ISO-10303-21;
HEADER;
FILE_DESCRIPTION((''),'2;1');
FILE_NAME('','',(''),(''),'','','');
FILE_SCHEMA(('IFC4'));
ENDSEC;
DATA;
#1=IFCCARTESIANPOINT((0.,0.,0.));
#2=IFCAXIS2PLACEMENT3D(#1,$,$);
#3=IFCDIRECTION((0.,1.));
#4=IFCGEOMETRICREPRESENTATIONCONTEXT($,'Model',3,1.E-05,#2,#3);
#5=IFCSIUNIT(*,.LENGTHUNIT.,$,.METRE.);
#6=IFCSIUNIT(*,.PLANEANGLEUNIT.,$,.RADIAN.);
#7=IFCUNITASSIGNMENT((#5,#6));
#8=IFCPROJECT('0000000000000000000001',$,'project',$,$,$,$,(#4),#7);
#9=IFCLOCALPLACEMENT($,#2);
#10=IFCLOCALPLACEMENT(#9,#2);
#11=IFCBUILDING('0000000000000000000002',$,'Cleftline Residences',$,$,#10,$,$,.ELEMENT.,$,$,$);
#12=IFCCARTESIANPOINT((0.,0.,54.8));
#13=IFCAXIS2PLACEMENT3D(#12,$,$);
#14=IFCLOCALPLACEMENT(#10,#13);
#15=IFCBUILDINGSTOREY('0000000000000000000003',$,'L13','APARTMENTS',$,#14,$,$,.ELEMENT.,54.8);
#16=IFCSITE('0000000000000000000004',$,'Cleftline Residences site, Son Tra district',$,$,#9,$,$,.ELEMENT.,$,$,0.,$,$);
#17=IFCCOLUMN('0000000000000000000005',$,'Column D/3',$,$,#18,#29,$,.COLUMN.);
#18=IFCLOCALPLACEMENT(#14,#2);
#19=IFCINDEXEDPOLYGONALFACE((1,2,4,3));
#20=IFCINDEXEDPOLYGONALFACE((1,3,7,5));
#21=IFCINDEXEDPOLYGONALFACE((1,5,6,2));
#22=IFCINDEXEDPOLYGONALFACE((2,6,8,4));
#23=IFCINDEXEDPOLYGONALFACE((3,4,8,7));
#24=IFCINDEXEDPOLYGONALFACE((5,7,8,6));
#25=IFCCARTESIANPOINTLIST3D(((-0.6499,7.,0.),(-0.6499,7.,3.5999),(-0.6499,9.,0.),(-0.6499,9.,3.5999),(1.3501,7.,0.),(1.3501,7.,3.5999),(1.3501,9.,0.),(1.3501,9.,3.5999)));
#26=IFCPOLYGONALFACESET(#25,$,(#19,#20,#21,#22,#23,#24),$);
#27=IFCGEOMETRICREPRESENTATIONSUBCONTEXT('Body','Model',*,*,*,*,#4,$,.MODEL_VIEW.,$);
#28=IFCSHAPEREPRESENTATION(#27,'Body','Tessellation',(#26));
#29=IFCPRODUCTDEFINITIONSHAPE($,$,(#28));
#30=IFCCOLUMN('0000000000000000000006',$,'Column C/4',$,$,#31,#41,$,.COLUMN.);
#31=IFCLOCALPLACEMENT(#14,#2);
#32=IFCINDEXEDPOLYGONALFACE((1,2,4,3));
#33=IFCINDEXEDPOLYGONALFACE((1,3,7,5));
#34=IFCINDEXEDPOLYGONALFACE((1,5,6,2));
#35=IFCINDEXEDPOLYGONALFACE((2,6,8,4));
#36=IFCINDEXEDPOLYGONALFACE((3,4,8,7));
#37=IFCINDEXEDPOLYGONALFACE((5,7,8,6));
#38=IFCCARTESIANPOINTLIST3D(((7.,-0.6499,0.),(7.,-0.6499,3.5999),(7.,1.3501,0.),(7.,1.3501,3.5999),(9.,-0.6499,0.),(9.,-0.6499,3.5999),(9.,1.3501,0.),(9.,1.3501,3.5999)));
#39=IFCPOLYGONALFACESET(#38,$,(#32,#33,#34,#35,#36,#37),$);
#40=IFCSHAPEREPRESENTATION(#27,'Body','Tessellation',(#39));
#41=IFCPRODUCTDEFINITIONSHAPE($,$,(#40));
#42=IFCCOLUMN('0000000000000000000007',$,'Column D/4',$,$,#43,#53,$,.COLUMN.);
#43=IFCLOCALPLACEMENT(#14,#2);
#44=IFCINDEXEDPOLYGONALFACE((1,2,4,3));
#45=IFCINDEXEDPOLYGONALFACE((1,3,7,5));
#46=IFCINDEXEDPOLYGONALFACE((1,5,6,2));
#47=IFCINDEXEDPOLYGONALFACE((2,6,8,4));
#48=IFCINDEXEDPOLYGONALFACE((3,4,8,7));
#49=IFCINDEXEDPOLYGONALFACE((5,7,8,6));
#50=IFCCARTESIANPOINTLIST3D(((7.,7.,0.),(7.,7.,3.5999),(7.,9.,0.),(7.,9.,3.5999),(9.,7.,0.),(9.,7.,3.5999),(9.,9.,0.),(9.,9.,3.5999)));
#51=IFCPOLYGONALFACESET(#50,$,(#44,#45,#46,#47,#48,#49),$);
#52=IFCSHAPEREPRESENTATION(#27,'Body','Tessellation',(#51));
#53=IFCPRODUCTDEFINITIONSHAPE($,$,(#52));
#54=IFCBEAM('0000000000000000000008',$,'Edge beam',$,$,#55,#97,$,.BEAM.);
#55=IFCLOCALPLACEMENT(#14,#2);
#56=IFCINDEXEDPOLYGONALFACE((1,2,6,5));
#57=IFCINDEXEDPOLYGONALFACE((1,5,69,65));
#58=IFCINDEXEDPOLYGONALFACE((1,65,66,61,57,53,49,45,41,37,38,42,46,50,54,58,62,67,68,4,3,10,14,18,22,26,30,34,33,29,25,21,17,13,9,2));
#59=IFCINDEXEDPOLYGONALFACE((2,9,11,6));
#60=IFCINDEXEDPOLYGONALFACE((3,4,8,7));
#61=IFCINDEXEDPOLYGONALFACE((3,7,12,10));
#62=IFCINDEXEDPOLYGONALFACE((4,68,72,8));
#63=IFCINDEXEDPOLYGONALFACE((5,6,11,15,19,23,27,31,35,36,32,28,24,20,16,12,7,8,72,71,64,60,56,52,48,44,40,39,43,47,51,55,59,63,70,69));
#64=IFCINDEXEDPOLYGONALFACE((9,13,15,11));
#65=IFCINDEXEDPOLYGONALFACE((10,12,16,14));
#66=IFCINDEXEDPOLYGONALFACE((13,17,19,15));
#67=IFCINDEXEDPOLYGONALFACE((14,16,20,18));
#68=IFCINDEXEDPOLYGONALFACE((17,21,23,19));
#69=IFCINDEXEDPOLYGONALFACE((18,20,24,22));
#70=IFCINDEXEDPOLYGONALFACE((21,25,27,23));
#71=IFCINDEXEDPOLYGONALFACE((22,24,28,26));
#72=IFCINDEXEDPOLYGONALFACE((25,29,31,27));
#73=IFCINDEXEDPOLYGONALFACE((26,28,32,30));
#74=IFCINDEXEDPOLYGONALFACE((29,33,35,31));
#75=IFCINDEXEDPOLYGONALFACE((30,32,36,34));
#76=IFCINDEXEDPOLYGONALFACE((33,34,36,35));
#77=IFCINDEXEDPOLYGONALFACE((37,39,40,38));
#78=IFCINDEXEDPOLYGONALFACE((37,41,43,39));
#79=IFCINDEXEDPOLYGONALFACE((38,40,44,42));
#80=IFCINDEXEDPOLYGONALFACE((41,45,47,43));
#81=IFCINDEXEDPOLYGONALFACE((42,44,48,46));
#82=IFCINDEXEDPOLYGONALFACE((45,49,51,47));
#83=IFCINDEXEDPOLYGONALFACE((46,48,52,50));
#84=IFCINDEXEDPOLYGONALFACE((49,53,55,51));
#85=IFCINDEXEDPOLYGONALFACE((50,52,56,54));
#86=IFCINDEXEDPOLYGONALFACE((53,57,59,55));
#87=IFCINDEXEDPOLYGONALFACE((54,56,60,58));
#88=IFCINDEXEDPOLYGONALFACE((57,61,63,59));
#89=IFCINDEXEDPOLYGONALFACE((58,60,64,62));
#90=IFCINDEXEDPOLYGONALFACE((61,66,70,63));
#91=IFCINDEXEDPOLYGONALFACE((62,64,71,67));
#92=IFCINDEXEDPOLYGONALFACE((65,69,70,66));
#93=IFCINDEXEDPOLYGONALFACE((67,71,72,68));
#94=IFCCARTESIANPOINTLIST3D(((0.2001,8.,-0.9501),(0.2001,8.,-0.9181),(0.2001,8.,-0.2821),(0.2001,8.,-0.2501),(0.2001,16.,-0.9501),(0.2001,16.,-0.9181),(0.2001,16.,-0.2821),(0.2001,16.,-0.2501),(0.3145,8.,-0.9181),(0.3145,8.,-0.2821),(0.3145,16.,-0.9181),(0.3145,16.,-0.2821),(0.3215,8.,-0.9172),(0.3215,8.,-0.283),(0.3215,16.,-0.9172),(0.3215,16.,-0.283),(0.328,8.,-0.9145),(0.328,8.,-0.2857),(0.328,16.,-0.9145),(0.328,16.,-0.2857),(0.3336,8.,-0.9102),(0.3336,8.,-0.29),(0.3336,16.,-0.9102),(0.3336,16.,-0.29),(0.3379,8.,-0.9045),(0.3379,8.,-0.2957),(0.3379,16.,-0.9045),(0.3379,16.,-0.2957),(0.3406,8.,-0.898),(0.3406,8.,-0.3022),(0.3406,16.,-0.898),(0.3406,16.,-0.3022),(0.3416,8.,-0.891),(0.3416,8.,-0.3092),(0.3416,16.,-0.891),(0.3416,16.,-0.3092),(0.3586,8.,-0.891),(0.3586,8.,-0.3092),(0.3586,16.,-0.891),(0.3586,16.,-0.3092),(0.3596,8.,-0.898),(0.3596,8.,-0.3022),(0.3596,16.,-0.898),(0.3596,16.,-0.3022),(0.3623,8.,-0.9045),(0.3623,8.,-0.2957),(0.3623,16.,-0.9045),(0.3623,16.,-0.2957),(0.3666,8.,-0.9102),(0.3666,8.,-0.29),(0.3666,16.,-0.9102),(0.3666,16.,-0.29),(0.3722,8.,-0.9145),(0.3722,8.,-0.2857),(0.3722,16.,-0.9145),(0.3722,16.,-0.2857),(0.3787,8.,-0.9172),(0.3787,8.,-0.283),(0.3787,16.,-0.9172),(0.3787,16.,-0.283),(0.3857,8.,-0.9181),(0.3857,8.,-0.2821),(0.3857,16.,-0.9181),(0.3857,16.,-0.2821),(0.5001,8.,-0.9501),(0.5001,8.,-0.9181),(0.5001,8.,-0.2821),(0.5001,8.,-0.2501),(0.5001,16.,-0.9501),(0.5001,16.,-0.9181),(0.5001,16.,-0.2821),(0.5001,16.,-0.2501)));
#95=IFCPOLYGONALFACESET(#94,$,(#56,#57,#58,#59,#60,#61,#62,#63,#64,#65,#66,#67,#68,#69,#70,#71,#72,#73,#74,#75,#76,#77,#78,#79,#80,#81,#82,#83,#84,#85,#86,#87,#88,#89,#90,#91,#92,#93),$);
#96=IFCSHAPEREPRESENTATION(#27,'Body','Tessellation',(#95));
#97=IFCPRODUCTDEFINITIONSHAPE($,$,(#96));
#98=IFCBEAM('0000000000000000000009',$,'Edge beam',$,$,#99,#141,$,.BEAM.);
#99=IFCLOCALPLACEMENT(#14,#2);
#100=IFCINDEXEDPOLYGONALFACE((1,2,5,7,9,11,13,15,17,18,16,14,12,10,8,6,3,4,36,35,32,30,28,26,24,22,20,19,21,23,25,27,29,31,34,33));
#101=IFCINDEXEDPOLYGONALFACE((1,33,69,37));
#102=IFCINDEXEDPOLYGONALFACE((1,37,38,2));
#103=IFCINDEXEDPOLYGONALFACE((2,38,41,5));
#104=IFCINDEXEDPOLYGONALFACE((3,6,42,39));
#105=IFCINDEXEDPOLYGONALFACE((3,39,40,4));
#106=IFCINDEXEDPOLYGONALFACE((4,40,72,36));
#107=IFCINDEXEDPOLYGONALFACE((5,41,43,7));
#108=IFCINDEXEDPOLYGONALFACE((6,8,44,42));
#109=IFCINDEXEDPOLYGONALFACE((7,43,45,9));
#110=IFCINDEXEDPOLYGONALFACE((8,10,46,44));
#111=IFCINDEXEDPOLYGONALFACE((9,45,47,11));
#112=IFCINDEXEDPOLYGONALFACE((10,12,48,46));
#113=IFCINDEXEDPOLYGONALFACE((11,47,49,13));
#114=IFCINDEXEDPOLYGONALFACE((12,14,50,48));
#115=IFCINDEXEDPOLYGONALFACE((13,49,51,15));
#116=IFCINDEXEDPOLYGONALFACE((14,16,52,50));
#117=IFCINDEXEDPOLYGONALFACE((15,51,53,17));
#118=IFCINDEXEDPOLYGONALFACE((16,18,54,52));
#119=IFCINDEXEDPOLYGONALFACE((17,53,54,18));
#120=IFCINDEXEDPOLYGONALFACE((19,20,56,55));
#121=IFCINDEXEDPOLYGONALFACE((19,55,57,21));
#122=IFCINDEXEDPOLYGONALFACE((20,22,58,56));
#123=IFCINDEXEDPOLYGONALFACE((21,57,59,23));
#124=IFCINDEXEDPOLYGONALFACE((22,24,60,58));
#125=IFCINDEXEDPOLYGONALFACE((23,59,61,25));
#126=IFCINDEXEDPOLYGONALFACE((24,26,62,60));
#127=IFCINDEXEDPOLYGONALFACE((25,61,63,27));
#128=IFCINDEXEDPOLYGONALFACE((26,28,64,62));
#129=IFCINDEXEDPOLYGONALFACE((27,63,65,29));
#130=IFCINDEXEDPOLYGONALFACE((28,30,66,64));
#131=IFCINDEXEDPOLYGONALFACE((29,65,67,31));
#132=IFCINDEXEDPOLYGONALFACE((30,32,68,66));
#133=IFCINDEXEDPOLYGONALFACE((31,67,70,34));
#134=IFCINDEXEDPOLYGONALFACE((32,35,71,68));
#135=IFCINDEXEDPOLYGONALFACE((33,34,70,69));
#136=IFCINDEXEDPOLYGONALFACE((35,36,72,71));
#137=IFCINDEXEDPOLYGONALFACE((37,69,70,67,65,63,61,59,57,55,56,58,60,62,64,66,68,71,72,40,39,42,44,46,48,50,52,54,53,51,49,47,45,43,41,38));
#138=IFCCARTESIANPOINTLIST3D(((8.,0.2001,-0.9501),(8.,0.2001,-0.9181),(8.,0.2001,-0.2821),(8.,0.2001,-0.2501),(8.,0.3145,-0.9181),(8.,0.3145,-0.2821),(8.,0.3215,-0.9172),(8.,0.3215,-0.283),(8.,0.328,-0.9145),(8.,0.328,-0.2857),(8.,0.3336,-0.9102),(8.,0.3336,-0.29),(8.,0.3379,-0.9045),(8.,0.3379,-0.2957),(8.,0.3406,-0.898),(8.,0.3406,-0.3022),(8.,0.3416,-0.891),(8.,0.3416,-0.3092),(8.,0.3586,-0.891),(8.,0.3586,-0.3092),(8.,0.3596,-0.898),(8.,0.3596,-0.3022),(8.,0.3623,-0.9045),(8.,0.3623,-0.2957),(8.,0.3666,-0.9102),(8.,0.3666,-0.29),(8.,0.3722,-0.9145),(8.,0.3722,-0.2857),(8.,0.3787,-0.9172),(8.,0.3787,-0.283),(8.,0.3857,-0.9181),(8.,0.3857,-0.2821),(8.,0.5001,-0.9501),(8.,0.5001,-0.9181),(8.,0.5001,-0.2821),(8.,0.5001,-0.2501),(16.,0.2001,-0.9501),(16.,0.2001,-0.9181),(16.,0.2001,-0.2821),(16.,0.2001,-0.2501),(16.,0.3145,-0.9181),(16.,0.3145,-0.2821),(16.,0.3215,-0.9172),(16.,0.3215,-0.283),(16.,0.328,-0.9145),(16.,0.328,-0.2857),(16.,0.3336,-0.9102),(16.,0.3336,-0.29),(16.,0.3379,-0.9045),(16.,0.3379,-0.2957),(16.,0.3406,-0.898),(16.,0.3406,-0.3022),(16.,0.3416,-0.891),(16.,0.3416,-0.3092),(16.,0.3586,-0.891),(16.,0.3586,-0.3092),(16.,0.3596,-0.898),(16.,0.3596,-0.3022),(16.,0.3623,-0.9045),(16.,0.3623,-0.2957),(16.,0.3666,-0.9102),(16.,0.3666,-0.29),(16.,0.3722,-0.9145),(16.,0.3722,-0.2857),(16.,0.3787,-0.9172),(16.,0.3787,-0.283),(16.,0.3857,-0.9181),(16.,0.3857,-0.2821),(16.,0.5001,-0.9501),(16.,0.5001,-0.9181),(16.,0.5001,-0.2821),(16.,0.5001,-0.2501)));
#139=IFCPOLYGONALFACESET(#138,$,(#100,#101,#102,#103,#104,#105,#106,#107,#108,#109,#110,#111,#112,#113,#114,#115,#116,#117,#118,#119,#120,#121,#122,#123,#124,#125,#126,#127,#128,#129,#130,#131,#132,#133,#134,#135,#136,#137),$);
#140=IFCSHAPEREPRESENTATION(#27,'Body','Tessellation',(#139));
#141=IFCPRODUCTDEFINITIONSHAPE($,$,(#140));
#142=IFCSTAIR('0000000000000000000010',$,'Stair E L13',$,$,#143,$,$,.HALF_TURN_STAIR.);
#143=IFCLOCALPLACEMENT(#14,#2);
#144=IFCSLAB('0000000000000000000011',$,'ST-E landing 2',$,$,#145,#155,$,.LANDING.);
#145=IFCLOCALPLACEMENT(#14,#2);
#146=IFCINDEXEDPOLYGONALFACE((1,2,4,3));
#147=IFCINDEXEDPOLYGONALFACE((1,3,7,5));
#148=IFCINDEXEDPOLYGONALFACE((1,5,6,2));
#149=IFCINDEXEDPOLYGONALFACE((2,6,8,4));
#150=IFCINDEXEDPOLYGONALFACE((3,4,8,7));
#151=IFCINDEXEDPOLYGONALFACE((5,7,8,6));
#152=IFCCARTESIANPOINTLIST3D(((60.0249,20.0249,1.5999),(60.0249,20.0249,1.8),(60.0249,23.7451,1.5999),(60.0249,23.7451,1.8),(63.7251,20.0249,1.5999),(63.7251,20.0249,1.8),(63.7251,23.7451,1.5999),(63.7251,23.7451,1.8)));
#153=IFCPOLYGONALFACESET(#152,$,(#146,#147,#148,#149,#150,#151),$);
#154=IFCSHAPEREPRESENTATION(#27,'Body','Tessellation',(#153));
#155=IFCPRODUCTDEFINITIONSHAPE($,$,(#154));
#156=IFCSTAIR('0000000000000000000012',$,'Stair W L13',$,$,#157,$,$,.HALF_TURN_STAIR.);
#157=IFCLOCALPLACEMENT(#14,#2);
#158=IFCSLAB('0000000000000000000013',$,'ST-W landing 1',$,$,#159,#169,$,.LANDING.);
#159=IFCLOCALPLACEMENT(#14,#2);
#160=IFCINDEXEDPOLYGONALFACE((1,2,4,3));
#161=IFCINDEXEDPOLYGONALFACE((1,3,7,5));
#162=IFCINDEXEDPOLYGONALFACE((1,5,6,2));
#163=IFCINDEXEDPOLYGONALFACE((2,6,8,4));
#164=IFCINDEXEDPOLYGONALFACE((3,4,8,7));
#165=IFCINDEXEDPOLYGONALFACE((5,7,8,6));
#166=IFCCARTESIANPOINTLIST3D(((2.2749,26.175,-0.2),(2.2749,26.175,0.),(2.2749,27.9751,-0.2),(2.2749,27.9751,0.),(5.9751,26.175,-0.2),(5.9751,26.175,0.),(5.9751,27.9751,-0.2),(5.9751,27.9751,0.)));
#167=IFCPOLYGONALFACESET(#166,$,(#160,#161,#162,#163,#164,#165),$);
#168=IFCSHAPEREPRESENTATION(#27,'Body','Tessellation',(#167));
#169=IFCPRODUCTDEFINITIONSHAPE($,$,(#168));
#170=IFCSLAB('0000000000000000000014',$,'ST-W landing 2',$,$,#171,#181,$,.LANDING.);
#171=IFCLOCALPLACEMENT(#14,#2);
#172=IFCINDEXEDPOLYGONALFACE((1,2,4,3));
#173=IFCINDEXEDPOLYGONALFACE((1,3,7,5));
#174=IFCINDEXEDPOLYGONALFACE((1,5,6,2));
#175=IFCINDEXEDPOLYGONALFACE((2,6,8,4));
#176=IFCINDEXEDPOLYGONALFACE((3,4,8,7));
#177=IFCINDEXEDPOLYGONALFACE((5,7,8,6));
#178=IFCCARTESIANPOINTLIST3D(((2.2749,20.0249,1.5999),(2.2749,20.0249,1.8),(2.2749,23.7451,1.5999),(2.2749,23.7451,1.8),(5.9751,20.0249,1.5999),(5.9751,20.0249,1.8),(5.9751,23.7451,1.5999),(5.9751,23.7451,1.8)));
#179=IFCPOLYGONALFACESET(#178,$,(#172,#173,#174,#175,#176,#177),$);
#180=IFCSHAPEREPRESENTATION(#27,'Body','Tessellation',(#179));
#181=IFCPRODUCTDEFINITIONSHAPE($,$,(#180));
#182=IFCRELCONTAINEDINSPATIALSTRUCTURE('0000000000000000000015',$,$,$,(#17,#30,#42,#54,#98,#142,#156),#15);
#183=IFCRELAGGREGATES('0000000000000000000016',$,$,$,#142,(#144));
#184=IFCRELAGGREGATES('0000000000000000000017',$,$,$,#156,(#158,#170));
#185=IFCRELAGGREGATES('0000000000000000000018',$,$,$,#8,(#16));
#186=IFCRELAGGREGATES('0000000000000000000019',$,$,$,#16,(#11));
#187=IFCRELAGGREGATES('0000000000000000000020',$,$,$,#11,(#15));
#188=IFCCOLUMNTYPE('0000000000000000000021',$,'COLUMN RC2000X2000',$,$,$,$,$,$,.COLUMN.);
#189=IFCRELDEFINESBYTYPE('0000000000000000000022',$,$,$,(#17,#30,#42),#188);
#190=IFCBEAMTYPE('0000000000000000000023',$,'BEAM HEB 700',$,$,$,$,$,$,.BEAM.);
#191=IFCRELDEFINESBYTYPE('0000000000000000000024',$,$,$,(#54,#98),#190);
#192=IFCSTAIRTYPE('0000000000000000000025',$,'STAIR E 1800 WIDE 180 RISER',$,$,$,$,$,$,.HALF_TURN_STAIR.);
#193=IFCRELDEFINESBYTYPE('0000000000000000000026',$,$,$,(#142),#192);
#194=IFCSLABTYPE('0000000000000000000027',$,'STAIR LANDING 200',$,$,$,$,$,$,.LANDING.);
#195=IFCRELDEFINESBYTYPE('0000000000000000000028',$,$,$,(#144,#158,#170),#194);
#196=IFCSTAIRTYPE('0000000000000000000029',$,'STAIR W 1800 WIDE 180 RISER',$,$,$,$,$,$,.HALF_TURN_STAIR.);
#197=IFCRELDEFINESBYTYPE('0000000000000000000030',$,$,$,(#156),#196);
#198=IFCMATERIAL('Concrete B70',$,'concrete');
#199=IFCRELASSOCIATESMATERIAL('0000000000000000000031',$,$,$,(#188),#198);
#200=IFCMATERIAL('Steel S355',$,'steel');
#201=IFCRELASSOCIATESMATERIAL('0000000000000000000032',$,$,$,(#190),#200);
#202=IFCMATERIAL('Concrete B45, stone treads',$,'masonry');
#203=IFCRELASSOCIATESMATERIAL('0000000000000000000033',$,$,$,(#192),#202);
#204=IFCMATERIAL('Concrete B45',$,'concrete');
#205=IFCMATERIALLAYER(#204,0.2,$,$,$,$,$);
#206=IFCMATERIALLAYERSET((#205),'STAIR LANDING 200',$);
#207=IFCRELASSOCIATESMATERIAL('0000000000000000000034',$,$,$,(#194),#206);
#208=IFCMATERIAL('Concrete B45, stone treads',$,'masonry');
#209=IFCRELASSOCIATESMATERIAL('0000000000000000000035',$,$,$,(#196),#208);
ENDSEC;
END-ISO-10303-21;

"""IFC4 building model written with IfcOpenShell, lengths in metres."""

from ifc_helpers import new_model, si_unit, direction, frame, origin, origin_2d, place, context, subcontext, project, spatial, polyline, rectangle, i_section, outline, extrude, material, layer, layer_set, material_profile, profile_set, type_object, element, aggregate, save


model = new_model("IFC4")

# Units and contexts
model_context = context("Model", 3, precision=1e-05, world=origin(), true_north=direction((0.0, 1.0)))
body_context = subcontext(model_context, "Body", "Model", "MODEL_VIEW")
ifc_project = project(units=[si_unit("LENGTHUNIT", "METRE"), si_unit("PLANEANGLEUNIT", "RADIAN")], contexts=[model_context])

# Site, building, storey
site_placement = place(None, origin())
site = spatial("IfcSite", under=ifc_project, at=site_placement, Name="Cleftline Residences site, Son Tra district", CompositionType="ELEMENT", RefElevation=0.0)
building_placement = place(site_placement, origin())
building = spatial("IfcBuilding", under=site, at=building_placement, Name="Cleftline Residences", CompositionType="ELEMENT")
storey_placement = place(building_placement, frame((0.0, 0.0, 54.8)))
storey = spatial("IfcBuildingStorey", under=building, at=storey_placement, Name="L13", Description="APARTMENTS", CompositionType="ELEMENT", Elevation=54.8)

# Columns
ifc_material_1 = material(Name="Concrete B70", Category="concrete")
ifc_material_profile_1 = material_profile(ifc_material_1, rectangle(XDim=2.0, YDim=2.0, at=origin_2d()))
ifc_profile_set_1 = profile_set([ifc_material_profile_1], Name="Concrete B70")
column_type = type_object("IfcColumnType", Name="COLUMN RC2000X2000", PredefinedType="COLUMN", material=ifc_profile_set_1)
for number, where, z_axis, x_axis, name in (
    (1, (0.3501, 8.0, 0.0), (0.0, 0.0, 1.0), (1.0, 0.0, 0.0), "Column D/3"),
    (2, (8.0, 0.3501, 0.0), (0.0, 0.0, 1.0), (1.0, 0.0, 0.0), "Column C/4"),
    (3, (8.0, 8.0, 0.0), (0.0, 0.0, 1.0), (1.0, 0.0, 0.0), "Column D/4"),
):
    element("IfcColumn", number, at=place(storey_placement, frame(where, z_axis=z_axis, x_axis=x_axis)), inside=storey, type_object=column_type, Name=name, PredefinedType="COLUMN", context=body_context, shape_type="SweptSolid", body=[
        extrude(rectangle(XDim=2.0, YDim=2.0, at=origin_2d()), origin(), (0.0, 0.0, 1.0), 3.5999),
    ])

# Beams
ifc_material_2 = material(Name="Steel S355", Category="steel")
ifc_material_profile_2 = material_profile(ifc_material_2, i_section(OverallWidth=0.3, OverallDepth=0.7, WebThickness=0.0171, FlangeThickness=0.032, FilletRadius=0.0271, at=origin_2d()))
ifc_profile_set_2 = profile_set([ifc_material_profile_2], Name="Steel S355")
beam_type = type_object("IfcBeamType", Name="BEAM HEB 700", PredefinedType="BEAM", material=ifc_profile_set_2)
for number, where, z_axis, x_axis, name in (
    (4, (0.3501, 8.0, -0.6001), (0.0, 1.0, 0.0), (-1.0, 0.0, 0.0), "Edge beam"),
    (5, (8.0, 0.3501, -0.6001), (1.0, 0.0, 0.0), (0.0, 1.0, 0.0), "Edge beam"),
):
    element("IfcBeam", number, at=place(storey_placement, frame(where, z_axis=z_axis, x_axis=x_axis)), inside=storey, type_object=beam_type, Name=name, PredefinedType="BEAM", context=body_context, shape_type="SweptSolid", body=[
        extrude(i_section(OverallWidth=0.3, OverallDepth=0.7, WebThickness=0.0171, FlangeThickness=0.032, FilletRadius=0.0271, at=origin_2d()), origin(), (0.0, 0.0, 1.0), 8.0),
    ])

# Stair, slab
ifc_material_3 = material(Name="Concrete B45, stone treads", Category="masonry")
stair_type_1 = type_object("IfcStairType", Name="STAIR E 1800 WIDE 180 RISER", PredefinedType="HALF_TURN_STAIR", material=ifc_material_3)
stair_1_placement = place(storey_placement, origin())
stair_1 = element("IfcStair", 6, at=stair_1_placement, inside=storey, type_object=stair_type_1, Name="Stair E L13", PredefinedType="HALF_TURN_STAIR")
ifc_material_4 = material(Name="Concrete B45", Category="concrete")
ifc_layer_1 = layer(ifc_material_4, 0.2)
ifc_layer_set_1 = layer_set([ifc_layer_1], Name="STAIR LANDING 200")
slab_type = type_object("IfcSlabType", Name="STAIR LANDING 200", PredefinedType="LANDING", material=ifc_layer_set_1)
slab_1_placement = place(storey_placement, frame((0.0, 0.0, 1.5999)))
slab_1 = element("IfcSlab", 7, at=slab_1_placement, type_object=slab_type, Name="ST-E landing 2", PredefinedType="LANDING", context=body_context, shape_type="SweptSolid", body=[
    extrude(outline(polyline([(60.0249, 20.0249), (63.7251, 20.0249), (63.7251, 23.7451), (60.0249, 23.7451), (60.0249, 20.0249)])), origin(), (0.0, 0.0, 1.0), 0.2002),
])
aggregate(stair_1, [slab_1])

# Stair, slabs
ifc_material_5 = material(Name="Concrete B45, stone treads", Category="masonry")
stair_type_2 = type_object("IfcStairType", Name="STAIR W 1800 WIDE 180 RISER", PredefinedType="HALF_TURN_STAIR", material=ifc_material_5)
stair_2_placement = place(storey_placement, origin())
stair_2 = element("IfcStair", 8, at=stair_2_placement, inside=storey, type_object=stair_type_2, Name="Stair W L13", PredefinedType="HALF_TURN_STAIR")
slab_2_placement = place(storey_placement, frame((0.0, 0.0, -0.2)))
slab_2 = element("IfcSlab", 9, at=slab_2_placement, type_object=slab_type, Name="ST-W landing 1", PredefinedType="LANDING", context=body_context, shape_type="SweptSolid", body=[
    extrude(outline(polyline([(2.2749, 26.175), (5.9751, 26.175), (5.9751, 27.9751), (2.2749, 27.9751), (2.2749, 26.175)])), origin(), (0.0, 0.0, 1.0), 0.2),
])
slab_3_placement = place(storey_placement, frame((0.0, 0.0, 1.5999)))
slab_3 = element("IfcSlab", 10, at=slab_3_placement, type_object=slab_type, Name="ST-W landing 2", PredefinedType="LANDING", context=body_context, shape_type="SweptSolid", body=[
    extrude(outline(polyline([(2.2749, 20.0249), (5.9751, 20.0249), (5.9751, 23.7451), (2.2749, 23.7451), (2.2749, 20.0249)])), origin(), (0.0, 0.0, 1.0), 0.2002),
])
aggregate(stair_2, [slab_2, slab_3])

save(model, "model.ifc")
